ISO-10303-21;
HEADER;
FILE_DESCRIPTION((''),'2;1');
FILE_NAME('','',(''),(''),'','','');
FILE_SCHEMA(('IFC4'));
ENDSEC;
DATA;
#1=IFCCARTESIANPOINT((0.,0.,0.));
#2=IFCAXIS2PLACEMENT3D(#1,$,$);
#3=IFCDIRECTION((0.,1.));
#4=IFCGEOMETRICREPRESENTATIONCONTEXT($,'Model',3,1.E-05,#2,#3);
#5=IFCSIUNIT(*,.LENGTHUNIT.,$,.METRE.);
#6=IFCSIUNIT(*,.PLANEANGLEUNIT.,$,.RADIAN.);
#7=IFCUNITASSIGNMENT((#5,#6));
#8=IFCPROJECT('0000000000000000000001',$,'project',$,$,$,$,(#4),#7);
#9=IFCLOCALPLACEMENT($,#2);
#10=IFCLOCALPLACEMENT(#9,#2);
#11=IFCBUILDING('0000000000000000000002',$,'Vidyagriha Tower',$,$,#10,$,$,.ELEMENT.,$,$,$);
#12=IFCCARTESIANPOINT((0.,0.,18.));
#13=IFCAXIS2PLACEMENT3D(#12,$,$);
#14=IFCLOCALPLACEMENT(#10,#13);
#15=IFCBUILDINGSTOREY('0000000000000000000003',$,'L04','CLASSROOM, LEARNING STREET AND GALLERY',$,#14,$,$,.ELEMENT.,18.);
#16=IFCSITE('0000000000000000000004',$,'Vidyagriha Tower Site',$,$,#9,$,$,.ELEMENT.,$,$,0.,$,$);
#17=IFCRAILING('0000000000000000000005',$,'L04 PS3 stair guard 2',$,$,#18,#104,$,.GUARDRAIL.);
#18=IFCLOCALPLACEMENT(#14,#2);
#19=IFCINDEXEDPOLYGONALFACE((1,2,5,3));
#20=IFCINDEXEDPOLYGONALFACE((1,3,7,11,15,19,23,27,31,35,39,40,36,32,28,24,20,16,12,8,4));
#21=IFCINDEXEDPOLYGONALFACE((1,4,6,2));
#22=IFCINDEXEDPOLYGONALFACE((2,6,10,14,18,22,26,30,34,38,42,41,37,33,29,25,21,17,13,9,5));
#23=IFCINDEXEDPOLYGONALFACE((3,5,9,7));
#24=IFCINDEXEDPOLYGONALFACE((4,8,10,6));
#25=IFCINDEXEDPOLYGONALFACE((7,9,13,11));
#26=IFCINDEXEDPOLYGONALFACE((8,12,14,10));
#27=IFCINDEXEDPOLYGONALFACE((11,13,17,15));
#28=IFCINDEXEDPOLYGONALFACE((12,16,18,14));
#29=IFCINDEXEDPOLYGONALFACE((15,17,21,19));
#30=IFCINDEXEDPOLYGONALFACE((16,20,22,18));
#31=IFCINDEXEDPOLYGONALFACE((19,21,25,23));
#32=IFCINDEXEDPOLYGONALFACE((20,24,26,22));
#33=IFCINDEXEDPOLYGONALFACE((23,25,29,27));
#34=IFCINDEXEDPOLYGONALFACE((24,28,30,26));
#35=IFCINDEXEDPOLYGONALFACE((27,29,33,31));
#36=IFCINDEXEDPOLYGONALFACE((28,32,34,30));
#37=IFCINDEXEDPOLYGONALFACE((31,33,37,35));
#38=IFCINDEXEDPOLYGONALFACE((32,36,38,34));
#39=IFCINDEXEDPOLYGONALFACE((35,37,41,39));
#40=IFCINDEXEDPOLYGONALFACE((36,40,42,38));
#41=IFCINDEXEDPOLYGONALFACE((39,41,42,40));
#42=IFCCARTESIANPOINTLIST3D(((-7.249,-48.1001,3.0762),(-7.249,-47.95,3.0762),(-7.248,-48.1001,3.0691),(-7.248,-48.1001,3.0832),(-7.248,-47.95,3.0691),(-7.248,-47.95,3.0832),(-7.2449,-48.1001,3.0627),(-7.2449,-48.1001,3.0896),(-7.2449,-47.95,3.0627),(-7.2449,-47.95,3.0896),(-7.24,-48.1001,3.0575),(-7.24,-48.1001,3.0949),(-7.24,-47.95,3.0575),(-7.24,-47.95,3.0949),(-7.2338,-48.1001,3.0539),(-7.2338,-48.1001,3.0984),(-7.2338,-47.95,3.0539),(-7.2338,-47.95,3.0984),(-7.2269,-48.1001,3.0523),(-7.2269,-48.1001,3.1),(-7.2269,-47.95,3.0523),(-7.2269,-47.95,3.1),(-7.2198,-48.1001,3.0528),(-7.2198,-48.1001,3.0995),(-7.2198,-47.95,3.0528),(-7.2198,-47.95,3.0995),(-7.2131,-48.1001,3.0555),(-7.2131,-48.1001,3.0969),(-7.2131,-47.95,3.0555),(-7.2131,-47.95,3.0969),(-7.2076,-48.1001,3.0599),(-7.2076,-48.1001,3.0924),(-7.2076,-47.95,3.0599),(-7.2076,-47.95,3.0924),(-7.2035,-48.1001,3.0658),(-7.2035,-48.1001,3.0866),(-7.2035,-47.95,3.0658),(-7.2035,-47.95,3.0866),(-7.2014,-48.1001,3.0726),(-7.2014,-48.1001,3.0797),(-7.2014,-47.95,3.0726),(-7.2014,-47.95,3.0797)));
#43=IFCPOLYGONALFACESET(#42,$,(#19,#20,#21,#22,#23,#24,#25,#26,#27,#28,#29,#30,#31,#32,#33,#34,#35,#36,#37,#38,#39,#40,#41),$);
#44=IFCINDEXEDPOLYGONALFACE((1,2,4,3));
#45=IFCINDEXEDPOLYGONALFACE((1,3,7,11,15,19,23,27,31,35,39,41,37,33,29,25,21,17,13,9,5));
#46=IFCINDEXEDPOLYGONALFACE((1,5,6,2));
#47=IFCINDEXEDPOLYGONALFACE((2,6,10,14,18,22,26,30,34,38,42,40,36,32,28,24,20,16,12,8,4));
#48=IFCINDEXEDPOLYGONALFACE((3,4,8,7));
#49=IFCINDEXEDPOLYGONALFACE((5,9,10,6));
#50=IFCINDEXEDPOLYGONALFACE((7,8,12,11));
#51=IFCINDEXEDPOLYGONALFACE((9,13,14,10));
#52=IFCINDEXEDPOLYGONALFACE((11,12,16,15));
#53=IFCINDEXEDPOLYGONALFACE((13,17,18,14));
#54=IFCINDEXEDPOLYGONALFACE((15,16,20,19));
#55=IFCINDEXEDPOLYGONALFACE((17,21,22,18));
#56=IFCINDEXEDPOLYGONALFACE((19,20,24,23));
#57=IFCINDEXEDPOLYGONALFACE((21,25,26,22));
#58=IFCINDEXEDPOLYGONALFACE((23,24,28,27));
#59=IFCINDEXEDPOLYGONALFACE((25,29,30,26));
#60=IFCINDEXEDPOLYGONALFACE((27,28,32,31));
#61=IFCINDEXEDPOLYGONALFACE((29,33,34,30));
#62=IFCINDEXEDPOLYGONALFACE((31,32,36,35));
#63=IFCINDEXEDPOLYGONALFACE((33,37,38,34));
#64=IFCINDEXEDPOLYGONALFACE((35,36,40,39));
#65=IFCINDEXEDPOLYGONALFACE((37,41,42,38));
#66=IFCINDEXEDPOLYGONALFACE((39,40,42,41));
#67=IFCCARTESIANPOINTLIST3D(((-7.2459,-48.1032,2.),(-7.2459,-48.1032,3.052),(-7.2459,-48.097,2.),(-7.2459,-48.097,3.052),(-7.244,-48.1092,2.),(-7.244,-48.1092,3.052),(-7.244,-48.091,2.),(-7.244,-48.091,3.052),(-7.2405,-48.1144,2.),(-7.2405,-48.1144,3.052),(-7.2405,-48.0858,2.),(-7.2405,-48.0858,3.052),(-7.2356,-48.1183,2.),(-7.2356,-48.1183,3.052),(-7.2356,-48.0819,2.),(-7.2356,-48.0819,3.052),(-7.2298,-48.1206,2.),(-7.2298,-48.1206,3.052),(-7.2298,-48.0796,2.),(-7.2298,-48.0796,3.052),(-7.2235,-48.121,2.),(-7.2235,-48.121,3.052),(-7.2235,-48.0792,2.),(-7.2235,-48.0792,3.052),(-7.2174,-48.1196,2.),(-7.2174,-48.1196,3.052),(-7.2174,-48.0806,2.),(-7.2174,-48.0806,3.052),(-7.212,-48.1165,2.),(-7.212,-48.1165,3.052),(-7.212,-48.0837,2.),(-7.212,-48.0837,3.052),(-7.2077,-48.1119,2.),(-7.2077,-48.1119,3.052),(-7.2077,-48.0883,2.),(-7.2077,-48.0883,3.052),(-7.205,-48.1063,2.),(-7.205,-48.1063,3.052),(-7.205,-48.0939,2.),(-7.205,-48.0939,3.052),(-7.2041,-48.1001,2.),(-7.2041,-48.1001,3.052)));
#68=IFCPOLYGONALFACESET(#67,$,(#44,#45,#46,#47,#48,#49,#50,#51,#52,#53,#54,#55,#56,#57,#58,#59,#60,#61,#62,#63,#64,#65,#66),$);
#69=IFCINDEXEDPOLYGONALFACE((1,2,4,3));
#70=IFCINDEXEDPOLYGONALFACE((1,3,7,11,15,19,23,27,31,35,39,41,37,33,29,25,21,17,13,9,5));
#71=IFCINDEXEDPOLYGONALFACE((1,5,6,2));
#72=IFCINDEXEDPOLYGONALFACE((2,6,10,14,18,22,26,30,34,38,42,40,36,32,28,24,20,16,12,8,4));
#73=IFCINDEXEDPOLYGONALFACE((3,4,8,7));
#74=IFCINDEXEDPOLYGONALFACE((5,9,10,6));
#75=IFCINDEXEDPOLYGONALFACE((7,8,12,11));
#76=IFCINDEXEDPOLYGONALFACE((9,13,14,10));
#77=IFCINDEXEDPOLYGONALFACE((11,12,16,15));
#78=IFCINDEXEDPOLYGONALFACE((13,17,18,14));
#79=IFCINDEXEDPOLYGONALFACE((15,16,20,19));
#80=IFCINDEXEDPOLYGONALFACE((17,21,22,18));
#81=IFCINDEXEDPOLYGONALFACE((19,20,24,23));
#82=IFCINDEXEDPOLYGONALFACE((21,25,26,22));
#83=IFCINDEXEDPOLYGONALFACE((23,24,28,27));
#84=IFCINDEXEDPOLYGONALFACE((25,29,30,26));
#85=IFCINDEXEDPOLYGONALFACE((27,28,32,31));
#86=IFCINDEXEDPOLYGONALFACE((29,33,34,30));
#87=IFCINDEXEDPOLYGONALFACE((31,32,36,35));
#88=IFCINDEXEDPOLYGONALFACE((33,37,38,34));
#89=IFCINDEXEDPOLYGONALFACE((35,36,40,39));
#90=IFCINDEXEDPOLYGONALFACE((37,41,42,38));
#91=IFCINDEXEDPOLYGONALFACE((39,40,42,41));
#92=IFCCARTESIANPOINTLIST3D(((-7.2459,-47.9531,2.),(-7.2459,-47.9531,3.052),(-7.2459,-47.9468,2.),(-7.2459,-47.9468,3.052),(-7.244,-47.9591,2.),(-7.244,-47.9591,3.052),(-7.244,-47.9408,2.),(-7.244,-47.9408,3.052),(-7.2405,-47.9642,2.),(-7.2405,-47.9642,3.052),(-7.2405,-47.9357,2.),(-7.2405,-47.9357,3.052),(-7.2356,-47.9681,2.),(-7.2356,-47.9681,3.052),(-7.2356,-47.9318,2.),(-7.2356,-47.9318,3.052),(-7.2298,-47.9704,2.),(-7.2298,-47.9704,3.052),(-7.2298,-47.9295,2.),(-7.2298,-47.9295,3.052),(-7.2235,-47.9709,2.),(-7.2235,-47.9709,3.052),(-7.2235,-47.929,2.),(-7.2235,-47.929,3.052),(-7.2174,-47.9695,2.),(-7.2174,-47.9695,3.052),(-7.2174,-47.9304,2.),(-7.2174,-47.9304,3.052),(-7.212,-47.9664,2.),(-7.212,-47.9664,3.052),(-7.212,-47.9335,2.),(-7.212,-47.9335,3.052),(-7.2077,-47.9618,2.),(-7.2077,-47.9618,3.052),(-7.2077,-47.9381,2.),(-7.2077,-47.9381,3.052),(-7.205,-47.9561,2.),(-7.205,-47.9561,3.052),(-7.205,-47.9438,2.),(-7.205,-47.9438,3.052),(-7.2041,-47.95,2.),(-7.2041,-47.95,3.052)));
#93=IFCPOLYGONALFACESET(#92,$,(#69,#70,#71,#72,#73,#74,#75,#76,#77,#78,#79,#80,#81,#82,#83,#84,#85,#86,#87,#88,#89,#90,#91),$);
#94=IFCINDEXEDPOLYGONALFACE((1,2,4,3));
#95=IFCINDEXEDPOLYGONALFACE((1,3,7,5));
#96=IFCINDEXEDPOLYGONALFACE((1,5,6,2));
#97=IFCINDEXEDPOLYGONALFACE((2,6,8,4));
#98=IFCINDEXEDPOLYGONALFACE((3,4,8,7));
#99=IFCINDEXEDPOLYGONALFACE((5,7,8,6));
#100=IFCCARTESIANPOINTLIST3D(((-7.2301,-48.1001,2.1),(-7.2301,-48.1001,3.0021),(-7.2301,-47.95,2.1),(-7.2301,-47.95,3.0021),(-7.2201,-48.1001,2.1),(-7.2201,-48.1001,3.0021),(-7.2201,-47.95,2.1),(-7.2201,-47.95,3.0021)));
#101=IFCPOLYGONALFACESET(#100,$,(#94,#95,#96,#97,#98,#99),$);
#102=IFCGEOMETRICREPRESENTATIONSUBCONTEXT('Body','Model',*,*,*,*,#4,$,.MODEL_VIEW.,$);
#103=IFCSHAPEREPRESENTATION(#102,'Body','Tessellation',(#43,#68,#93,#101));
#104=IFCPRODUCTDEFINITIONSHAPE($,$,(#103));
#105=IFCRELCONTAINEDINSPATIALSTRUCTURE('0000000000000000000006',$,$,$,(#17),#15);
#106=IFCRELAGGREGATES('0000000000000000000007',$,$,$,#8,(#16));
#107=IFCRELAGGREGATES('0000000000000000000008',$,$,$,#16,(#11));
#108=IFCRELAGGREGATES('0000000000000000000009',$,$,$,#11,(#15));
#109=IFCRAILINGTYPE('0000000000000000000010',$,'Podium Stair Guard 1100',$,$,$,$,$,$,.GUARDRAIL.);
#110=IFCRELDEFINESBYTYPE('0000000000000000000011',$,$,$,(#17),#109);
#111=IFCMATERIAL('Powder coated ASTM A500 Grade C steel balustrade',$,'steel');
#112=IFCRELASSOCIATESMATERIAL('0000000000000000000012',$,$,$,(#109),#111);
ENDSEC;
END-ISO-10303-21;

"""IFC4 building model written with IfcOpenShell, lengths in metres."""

from ifc_helpers import new_model, si_unit, direction, frame, origin, origin_2d, place, context, subcontext, project, spatial, rectangle, circle, extrude, material, type_object, element, save


model = new_model("IFC4")

# Units and contexts
model_context = context("Model", 3, precision=1e-05, world=origin(), true_north=direction((0.0, 1.0)))
body_context = subcontext(model_context, "Body", "Model", "MODEL_VIEW")
ifc_project = project(units=[si_unit("LENGTHUNIT", "METRE"), si_unit("PLANEANGLEUNIT", "RADIAN")], contexts=[model_context])

# Site, building, storey
site_placement = place(None, origin())
site = spatial("IfcSite", under=ifc_project, at=site_placement, Name="Vidyagriha Tower Site", CompositionType="ELEMENT", RefElevation=0.0)
building_placement = place(site_placement, origin())
building = spatial("IfcBuilding", under=site, at=building_placement, Name="Vidyagriha Tower", CompositionType="ELEMENT")
storey_placement = place(building_placement, frame((0.0, 0.0, 18.0)))
storey = spatial("IfcBuildingStorey", under=building, at=storey_placement, Name="L04", Description="CLASSROOM, LEARNING STREET AND GALLERY", CompositionType="ELEMENT", Elevation=18.0)

# Railing
ifc_material_1 = material(Name="Powder coated ASTM A500 Grade C steel balustrade", Category="steel")
railing_type_1 = type_object("IfcRailingType", Name="Podium Stair Guard 1100", PredefinedType="GUARDRAIL", material=ifc_material_1)
railing_1_placement = place(storey_placement, frame((-7.2251, -48.1001, 2.0)))
element("IfcRailing", 1, at=railing_1_placement, inside=storey, type_object=railing_type_1, Name="L04 PS3 stair guard 2", PredefinedType="GUARDRAIL", context=body_context, shape_type="SweptSolid", body=[
    extrude(circle(Radius=0.0239, at=origin_2d()), frame((0.0, 0.0, 1.0762), z_axis=(0.0, 1.0, 0.0), x_axis=(-1.0, 0.0, 0.0)), (0.0, 0.0, 1.0), 0.1501),
    extrude(circle(Radius=0.021, at=origin_2d()), origin(), (0.0, 0.0, 1.0), 1.052),
    extrude(circle(Radius=0.021, at=origin_2d()), frame((0.0, 0.1501, 0.0)), (0.0, 0.0, 1.0), 1.052),
    extrude(rectangle(XDim=0.01, YDim=0.9021, at=origin_2d()), frame((0.0, 0.0, 0.551), z_axis=(0.0, 1.0, 0.0), x_axis=(-1.0, 0.0, 0.0)), (0.0, 0.0, 1.0), 0.1501),
])

save(model, "model.ifc")
